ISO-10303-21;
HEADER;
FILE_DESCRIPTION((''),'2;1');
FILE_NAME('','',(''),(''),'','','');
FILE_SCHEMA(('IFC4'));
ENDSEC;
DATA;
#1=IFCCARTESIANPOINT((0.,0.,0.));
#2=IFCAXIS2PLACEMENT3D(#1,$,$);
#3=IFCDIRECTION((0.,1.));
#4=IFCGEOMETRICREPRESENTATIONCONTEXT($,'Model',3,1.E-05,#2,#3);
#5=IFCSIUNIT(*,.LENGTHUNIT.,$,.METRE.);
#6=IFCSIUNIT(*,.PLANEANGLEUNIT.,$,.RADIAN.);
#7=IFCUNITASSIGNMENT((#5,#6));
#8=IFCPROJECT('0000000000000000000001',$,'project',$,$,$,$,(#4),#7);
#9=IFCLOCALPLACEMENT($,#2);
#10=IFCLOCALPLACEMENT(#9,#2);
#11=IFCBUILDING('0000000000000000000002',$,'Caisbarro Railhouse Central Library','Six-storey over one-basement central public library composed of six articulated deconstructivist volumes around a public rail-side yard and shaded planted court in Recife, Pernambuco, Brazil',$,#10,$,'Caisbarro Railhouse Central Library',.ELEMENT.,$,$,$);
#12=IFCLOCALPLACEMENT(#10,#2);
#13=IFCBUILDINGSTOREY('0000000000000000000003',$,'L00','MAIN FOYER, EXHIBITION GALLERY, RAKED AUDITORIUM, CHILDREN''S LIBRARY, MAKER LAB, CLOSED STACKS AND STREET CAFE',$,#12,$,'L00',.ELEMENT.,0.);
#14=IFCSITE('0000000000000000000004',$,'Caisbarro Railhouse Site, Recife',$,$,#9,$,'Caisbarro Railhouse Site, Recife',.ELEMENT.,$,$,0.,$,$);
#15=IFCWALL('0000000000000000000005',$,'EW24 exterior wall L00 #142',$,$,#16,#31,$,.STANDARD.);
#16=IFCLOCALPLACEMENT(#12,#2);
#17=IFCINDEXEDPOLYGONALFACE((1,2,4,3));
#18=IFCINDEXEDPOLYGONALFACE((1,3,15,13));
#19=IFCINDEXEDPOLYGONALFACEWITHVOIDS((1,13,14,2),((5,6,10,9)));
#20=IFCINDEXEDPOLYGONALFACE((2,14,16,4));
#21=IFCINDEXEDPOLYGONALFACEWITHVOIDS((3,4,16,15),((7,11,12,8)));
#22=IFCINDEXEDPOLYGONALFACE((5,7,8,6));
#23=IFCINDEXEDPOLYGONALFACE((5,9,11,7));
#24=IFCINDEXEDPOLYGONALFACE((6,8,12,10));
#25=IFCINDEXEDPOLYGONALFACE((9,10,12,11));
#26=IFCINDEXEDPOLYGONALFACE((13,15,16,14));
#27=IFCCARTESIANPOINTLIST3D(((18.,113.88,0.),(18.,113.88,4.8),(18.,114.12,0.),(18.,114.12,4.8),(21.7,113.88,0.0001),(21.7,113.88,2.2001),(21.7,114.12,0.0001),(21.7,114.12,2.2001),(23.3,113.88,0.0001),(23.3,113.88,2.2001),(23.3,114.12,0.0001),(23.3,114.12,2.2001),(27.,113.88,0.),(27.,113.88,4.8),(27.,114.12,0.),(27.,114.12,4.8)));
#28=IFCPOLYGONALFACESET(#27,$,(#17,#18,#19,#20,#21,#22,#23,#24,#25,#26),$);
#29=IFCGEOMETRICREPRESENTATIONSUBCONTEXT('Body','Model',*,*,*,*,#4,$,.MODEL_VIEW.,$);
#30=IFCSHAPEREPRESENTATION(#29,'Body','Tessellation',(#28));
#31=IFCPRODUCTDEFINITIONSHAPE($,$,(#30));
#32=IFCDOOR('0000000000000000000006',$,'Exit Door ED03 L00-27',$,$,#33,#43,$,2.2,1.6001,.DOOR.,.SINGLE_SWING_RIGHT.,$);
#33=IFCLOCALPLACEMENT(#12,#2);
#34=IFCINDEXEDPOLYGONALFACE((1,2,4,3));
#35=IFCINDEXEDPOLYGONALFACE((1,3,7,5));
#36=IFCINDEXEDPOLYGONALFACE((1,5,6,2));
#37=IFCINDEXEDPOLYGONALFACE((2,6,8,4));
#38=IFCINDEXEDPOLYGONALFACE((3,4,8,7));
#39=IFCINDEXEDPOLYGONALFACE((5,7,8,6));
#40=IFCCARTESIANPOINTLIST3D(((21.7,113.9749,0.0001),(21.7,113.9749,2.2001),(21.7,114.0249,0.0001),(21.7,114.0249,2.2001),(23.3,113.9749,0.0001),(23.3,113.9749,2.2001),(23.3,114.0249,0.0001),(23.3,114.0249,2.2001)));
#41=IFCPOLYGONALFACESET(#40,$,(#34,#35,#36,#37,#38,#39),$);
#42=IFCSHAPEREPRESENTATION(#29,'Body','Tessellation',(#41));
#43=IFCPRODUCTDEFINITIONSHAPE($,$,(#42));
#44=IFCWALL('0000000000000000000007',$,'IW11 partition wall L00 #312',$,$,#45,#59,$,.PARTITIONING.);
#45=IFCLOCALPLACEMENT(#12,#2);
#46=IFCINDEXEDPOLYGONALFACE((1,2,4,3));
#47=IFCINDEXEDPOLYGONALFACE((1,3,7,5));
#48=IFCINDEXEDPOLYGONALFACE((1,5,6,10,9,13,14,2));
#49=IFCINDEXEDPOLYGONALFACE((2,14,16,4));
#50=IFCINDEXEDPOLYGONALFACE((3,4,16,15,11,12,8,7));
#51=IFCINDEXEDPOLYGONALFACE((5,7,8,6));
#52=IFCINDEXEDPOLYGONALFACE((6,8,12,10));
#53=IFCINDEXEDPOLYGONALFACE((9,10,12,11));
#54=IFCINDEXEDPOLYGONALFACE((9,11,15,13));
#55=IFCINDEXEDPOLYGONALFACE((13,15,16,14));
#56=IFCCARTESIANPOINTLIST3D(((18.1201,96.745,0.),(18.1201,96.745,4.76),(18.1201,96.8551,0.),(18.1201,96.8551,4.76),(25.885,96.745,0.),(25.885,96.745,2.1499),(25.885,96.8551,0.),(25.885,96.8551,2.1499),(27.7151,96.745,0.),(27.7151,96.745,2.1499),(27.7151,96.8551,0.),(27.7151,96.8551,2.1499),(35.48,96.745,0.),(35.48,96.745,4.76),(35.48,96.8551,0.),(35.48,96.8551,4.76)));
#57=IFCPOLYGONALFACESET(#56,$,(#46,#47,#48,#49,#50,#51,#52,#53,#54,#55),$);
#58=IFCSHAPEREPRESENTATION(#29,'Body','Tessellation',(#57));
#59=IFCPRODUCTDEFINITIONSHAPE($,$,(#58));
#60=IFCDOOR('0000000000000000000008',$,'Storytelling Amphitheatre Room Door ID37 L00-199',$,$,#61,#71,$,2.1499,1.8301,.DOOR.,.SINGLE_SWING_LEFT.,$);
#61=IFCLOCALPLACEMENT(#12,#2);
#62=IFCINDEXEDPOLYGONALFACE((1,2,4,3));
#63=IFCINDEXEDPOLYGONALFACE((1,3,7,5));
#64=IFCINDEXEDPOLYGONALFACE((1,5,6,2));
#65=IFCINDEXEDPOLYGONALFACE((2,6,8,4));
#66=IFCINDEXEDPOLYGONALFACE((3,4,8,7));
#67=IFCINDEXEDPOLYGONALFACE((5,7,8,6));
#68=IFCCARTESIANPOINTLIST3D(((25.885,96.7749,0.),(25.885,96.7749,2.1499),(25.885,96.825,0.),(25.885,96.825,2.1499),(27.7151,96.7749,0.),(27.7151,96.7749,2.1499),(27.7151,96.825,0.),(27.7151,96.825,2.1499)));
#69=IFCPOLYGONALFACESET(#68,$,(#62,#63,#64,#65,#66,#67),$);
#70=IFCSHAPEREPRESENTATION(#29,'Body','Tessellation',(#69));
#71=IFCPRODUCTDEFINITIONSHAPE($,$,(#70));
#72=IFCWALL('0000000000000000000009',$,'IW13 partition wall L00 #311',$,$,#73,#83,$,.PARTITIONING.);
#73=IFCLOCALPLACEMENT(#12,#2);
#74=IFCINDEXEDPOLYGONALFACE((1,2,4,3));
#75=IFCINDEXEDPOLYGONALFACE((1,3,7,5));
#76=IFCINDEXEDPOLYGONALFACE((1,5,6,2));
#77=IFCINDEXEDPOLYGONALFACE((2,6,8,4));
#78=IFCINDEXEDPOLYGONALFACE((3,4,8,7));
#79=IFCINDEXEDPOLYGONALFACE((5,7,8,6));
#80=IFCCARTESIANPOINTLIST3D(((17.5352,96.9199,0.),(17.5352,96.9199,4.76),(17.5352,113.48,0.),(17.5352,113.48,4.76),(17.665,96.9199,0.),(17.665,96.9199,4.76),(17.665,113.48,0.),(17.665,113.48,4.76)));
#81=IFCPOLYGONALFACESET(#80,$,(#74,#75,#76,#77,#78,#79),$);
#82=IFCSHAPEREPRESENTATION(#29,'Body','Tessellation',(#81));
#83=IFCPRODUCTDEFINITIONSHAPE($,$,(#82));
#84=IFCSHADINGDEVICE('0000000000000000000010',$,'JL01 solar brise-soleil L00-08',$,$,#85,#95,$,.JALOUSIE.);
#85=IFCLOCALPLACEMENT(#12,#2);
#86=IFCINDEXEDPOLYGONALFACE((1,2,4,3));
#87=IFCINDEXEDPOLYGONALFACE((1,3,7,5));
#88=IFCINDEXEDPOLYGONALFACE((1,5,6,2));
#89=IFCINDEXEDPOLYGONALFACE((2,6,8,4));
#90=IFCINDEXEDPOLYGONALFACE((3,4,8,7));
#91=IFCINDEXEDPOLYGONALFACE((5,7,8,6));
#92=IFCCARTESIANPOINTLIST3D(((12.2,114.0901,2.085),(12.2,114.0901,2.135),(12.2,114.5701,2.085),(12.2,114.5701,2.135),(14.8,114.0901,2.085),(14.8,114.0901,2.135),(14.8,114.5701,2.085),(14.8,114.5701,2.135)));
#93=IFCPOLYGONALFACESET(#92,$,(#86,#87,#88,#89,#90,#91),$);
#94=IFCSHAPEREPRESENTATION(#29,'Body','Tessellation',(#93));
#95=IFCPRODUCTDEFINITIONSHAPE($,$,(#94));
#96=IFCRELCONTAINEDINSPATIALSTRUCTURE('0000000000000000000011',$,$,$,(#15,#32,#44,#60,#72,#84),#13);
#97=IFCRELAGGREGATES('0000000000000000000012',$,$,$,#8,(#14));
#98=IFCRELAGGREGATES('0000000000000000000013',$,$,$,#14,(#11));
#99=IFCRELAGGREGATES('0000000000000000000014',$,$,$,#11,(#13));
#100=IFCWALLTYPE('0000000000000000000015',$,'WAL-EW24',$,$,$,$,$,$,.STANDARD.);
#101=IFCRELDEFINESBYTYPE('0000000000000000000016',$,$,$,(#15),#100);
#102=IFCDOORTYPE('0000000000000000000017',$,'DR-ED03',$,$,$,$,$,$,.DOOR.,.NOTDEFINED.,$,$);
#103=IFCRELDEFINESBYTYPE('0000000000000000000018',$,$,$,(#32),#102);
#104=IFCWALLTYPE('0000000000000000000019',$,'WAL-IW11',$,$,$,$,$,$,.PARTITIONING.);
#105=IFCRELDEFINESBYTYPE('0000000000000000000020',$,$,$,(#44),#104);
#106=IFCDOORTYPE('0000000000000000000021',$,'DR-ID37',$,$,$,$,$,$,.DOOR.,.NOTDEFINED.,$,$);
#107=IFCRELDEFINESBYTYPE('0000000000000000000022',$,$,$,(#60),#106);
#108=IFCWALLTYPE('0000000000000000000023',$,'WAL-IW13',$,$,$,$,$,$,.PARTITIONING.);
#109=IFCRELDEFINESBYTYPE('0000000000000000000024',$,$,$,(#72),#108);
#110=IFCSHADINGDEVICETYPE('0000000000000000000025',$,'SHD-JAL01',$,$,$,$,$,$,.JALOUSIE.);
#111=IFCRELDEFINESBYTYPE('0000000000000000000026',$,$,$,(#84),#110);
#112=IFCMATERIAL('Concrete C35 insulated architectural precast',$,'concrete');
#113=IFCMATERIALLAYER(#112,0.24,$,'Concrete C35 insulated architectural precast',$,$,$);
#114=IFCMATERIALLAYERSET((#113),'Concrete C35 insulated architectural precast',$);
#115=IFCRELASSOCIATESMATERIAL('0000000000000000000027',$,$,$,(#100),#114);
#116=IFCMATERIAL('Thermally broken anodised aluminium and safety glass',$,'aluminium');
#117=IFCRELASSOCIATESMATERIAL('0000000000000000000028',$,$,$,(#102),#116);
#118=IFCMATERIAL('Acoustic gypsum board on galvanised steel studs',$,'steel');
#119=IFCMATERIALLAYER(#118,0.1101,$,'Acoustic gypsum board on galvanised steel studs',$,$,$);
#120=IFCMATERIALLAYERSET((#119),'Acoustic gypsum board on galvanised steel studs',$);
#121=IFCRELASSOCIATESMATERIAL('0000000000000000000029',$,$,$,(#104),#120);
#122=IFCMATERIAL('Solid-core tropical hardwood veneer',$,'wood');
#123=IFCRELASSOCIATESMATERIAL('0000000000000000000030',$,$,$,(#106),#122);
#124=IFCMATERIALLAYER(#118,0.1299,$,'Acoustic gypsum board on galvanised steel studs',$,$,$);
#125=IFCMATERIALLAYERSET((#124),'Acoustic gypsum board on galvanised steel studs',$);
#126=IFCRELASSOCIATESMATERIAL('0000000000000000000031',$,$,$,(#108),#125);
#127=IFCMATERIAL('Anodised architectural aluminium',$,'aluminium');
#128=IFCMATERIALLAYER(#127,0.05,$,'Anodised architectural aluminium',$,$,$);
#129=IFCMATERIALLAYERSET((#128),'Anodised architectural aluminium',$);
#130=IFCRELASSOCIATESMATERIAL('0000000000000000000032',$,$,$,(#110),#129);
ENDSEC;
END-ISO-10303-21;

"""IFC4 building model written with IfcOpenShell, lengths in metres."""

from ifc_helpers import new_model, si_unit, direction, frame, frame_2d, origin, origin_2d, place, context, subcontext, project, spatial, rectangle, extrude, material, layer, layer_set, type_object, element, fill, save


model = new_model("IFC4")

# Units and contexts
model_context = context("Model", 3, precision=1e-05, world=origin(), true_north=direction((0.0, 1.0)))
body_context = subcontext(model_context, "Body", "Model", "MODEL_VIEW")
ifc_project = project(units=[si_unit("LENGTHUNIT", "METRE"), si_unit("PLANEANGLEUNIT", "RADIAN")], contexts=[model_context])

# Site, building, storey
site_placement = place(None, origin())
site = spatial("IfcSite", under=ifc_project, at=site_placement, Name="Caisbarro Railhouse Site, Recife", LongName="Caisbarro Railhouse Site, Recife", CompositionType="ELEMENT", RefElevation=0.0)
building_placement = place(site_placement, origin())
building = spatial("IfcBuilding", under=site, at=building_placement, Name="Caisbarro Railhouse Central Library", Description="Six-storey over one-basement central public library composed of six articulated deconstructivist volumes around a public rail-side yard and shaded planted court in Recife, Pernambuco, Brazil", LongName="Caisbarro Railhouse Central Library", CompositionType="ELEMENT")
storey_placement = place(building_placement, origin())
storey = spatial("IfcBuildingStorey", under=building, at=storey_placement, Name="L00", Description="MAIN FOYER, EXHIBITION GALLERY, RAKED AUDITORIUM, CHILDREN'S LIBRARY, MAKER LAB, CLOSED STACKS AND STREET CAFE", LongName="L00", CompositionType="ELEMENT", Elevation=0.0)

# Shared definitions
ifc_material_1 = material(Name="Concrete C35 insulated architectural precast", Category="concrete")
ifc_layer_1 = layer(ifc_material_1, 0.24, Name="Concrete C35 insulated architectural precast")
ifc_layer_set_1 = layer_set([ifc_layer_1], Name="Concrete C35 insulated architectural precast")
wall_type_1 = type_object("IfcWallType", Name="WAL-EW24", PredefinedType="STANDARD", material=ifc_layer_set_1)

# Walls, openings, doors
wall_1_placement = place(storey_placement, frame((18.0, 114.0, 0.0), z_axis=(0.0, 0.0, 1.0), x_axis=(1.0, 0.0, 0.0)))
wall_1 = element("IfcWall", 1, at=wall_1_placement, inside=storey, type_object=wall_type_1, Name="EW24 exterior wall L00 #142", PredefinedType="STANDARD", context=body_context, shape_type="SweptSolid", body=[
    extrude(rectangle(XDim=9.0, YDim=0.24, at=frame_2d((4.5, 0.0))), origin(), (0.0, 0.0, 1.0), 4.8),
])
opening_1_placement = place(wall_1_placement, frame((3.7, 0.0, 0.0)))
opening_1 = element("IfcOpeningElement", 2, at=opening_1_placement, cuts=wall_1, PredefinedType="OPENING", context=body_context, shape_type="SweptSolid", body=[
    extrude(rectangle(XDim=1.6001, YDim=2.2, at=frame_2d((0.8, 1.1001))), frame((0.0, 0.1299, 0.0), z_axis=(0.0, -1.0, 0.0), x_axis=(1.0, 0.0, 0.0)), (0.0, 0.0, 1.0), 0.26),
])
ifc_material_2 = material(Name="Thermally broken anodised aluminium and safety glass", Category="aluminium")
door_type_1 = type_object("IfcDoorType", Name="DR-ED03", OperationType="NOTDEFINED", PredefinedType="DOOR", material=ifc_material_2)
door_1_placement = place(opening_1_placement, origin())
door_1 = element("IfcDoor", 3, at=door_1_placement, inside=storey, type_object=door_type_1, Name="Exit Door ED03 L00-27", OperationType="SINGLE_SWING_RIGHT", OverallHeight=2.2, OverallWidth=1.6001, PredefinedType="DOOR", context=body_context, shape_type="SweptSolid", body=[
    extrude(rectangle(XDim=1.6001, YDim=2.2, at=frame_2d((0.8, 1.1001))), frame((0.0, 0.0249, 0.0), z_axis=(0.0, -1.0, 0.0), x_axis=(1.0, 0.0, 0.0)), (0.0, 0.0, 1.0), 0.05),
])
fill(opening_1, door_1)
ifc_material_3 = material(Name="Acoustic gypsum board on galvanised steel studs", Category="steel")
ifc_layer_2 = layer(ifc_material_3, 0.1101, Name="Acoustic gypsum board on galvanised steel studs")
ifc_layer_set_2 = layer_set([ifc_layer_2], Name="Acoustic gypsum board on galvanised steel studs")
wall_type_2 = type_object("IfcWallType", Name="WAL-IW11", PredefinedType="PARTITIONING", material=ifc_layer_set_2)
wall_2_placement = place(storey_placement, frame((18.1201, 96.8, 0.0), z_axis=(0.0, 0.0, 1.0), x_axis=(1.0, 0.0, 0.0)))
wall_2 = element("IfcWall", 4, at=wall_2_placement, inside=storey, type_object=wall_type_2, Name="IW11 partition wall L00 #312", PredefinedType="PARTITIONING", context=body_context, shape_type="SweptSolid", body=[
    extrude(rectangle(XDim=17.3599, YDim=0.1101, at=frame_2d((8.6799, 0.0))), origin(), (0.0, 0.0, 1.0), 4.76),
])
opening_2_placement = place(wall_2_placement, frame((7.7649, 0.0, 0.0)))
opening_2 = element("IfcOpeningElement", 5, at=opening_2_placement, cuts=wall_2, PredefinedType="OPENING", context=body_context, shape_type="SweptSolid", body=[
    extrude(rectangle(XDim=1.8301, YDim=2.1499, at=frame_2d((0.915, 1.075))), frame((0.0, 0.0649, 0.0), z_axis=(0.0, -1.0, 0.0), x_axis=(1.0, 0.0, 0.0)), (0.0, 0.0, 1.0), 0.1301),
])
ifc_material_4 = material(Name="Solid-core tropical hardwood veneer", Category="wood")
door_type_2 = type_object("IfcDoorType", Name="DR-ID37", OperationType="NOTDEFINED", PredefinedType="DOOR", material=ifc_material_4)
door_2_placement = place(opening_2_placement, origin())
door_2 = element("IfcDoor", 6, at=door_2_placement, inside=storey, type_object=door_type_2, Name="Storytelling Amphitheatre Room Door ID37 L00-199", OperationType="SINGLE_SWING_LEFT", OverallHeight=2.1499, OverallWidth=1.8301, PredefinedType="DOOR", context=body_context, shape_type="SweptSolid", body=[
    extrude(rectangle(XDim=1.8301, YDim=2.1499, at=frame_2d((0.915, 1.075))), frame((0.0, 0.0249, 0.0), z_axis=(0.0, -1.0, 0.0), x_axis=(1.0, 0.0, 0.0)), (0.0, 0.0, 1.0), 0.05),
])
fill(opening_2, door_2)

# Wall
ifc_layer_3 = layer(ifc_material_3, 0.1299, Name="Acoustic gypsum board on galvanised steel studs")
ifc_layer_set_3 = layer_set([ifc_layer_3], Name="Acoustic gypsum board on galvanised steel studs")
wall_type_3 = type_object("IfcWallType", Name="WAL-IW13", PredefinedType="PARTITIONING", material=ifc_layer_set_3)
wall_3_placement = place(storey_placement, frame((17.6001, 96.9199, 0.0), z_axis=(0.0, 0.0, 1.0), x_axis=(0.0, 1.0, 0.0)))
element("IfcWall", 7, at=wall_3_placement, inside=storey, type_object=wall_type_3, Name="IW13 partition wall L00 #311", PredefinedType="PARTITIONING", context=body_context, shape_type="SweptSolid", body=[
    extrude(rectangle(XDim=16.5601, YDim=0.1299, at=frame_2d((8.28, 0.0))), origin(), (0.0, 0.0, 1.0), 4.76),
])

# Shading device
ifc_material_5 = material(Name="Anodised architectural aluminium", Category="aluminium")
ifc_layer_4 = layer(ifc_material_5, 0.05, Name="Anodised architectural aluminium")
ifc_layer_set_4 = layer_set([ifc_layer_4], Name="Anodised architectural aluminium")
shading_device_type = type_object("IfcShadingDeviceType", Name="SHD-JAL01", PredefinedType="JALOUSIE", material=ifc_layer_set_4)
shading_device_placement = place(storey_placement, frame((13.5, 114.3301, 2.085), z_axis=(0.0, 0.0, 1.0), x_axis=(1.0, 0.0, 0.0)))
element("IfcShadingDevice", 8, at=shading_device_placement, inside=storey, type_object=shading_device_type, Name="JL01 solar brise-soleil L00-08", PredefinedType="JALOUSIE", context=body_context, shape_type="SweptSolid", body=[
    extrude(rectangle(XDim=2.6001, YDim=0.48, at=origin_2d()), origin(), (0.0, 0.0, 1.0), 0.05),
])

save(model, "model.ifc")
